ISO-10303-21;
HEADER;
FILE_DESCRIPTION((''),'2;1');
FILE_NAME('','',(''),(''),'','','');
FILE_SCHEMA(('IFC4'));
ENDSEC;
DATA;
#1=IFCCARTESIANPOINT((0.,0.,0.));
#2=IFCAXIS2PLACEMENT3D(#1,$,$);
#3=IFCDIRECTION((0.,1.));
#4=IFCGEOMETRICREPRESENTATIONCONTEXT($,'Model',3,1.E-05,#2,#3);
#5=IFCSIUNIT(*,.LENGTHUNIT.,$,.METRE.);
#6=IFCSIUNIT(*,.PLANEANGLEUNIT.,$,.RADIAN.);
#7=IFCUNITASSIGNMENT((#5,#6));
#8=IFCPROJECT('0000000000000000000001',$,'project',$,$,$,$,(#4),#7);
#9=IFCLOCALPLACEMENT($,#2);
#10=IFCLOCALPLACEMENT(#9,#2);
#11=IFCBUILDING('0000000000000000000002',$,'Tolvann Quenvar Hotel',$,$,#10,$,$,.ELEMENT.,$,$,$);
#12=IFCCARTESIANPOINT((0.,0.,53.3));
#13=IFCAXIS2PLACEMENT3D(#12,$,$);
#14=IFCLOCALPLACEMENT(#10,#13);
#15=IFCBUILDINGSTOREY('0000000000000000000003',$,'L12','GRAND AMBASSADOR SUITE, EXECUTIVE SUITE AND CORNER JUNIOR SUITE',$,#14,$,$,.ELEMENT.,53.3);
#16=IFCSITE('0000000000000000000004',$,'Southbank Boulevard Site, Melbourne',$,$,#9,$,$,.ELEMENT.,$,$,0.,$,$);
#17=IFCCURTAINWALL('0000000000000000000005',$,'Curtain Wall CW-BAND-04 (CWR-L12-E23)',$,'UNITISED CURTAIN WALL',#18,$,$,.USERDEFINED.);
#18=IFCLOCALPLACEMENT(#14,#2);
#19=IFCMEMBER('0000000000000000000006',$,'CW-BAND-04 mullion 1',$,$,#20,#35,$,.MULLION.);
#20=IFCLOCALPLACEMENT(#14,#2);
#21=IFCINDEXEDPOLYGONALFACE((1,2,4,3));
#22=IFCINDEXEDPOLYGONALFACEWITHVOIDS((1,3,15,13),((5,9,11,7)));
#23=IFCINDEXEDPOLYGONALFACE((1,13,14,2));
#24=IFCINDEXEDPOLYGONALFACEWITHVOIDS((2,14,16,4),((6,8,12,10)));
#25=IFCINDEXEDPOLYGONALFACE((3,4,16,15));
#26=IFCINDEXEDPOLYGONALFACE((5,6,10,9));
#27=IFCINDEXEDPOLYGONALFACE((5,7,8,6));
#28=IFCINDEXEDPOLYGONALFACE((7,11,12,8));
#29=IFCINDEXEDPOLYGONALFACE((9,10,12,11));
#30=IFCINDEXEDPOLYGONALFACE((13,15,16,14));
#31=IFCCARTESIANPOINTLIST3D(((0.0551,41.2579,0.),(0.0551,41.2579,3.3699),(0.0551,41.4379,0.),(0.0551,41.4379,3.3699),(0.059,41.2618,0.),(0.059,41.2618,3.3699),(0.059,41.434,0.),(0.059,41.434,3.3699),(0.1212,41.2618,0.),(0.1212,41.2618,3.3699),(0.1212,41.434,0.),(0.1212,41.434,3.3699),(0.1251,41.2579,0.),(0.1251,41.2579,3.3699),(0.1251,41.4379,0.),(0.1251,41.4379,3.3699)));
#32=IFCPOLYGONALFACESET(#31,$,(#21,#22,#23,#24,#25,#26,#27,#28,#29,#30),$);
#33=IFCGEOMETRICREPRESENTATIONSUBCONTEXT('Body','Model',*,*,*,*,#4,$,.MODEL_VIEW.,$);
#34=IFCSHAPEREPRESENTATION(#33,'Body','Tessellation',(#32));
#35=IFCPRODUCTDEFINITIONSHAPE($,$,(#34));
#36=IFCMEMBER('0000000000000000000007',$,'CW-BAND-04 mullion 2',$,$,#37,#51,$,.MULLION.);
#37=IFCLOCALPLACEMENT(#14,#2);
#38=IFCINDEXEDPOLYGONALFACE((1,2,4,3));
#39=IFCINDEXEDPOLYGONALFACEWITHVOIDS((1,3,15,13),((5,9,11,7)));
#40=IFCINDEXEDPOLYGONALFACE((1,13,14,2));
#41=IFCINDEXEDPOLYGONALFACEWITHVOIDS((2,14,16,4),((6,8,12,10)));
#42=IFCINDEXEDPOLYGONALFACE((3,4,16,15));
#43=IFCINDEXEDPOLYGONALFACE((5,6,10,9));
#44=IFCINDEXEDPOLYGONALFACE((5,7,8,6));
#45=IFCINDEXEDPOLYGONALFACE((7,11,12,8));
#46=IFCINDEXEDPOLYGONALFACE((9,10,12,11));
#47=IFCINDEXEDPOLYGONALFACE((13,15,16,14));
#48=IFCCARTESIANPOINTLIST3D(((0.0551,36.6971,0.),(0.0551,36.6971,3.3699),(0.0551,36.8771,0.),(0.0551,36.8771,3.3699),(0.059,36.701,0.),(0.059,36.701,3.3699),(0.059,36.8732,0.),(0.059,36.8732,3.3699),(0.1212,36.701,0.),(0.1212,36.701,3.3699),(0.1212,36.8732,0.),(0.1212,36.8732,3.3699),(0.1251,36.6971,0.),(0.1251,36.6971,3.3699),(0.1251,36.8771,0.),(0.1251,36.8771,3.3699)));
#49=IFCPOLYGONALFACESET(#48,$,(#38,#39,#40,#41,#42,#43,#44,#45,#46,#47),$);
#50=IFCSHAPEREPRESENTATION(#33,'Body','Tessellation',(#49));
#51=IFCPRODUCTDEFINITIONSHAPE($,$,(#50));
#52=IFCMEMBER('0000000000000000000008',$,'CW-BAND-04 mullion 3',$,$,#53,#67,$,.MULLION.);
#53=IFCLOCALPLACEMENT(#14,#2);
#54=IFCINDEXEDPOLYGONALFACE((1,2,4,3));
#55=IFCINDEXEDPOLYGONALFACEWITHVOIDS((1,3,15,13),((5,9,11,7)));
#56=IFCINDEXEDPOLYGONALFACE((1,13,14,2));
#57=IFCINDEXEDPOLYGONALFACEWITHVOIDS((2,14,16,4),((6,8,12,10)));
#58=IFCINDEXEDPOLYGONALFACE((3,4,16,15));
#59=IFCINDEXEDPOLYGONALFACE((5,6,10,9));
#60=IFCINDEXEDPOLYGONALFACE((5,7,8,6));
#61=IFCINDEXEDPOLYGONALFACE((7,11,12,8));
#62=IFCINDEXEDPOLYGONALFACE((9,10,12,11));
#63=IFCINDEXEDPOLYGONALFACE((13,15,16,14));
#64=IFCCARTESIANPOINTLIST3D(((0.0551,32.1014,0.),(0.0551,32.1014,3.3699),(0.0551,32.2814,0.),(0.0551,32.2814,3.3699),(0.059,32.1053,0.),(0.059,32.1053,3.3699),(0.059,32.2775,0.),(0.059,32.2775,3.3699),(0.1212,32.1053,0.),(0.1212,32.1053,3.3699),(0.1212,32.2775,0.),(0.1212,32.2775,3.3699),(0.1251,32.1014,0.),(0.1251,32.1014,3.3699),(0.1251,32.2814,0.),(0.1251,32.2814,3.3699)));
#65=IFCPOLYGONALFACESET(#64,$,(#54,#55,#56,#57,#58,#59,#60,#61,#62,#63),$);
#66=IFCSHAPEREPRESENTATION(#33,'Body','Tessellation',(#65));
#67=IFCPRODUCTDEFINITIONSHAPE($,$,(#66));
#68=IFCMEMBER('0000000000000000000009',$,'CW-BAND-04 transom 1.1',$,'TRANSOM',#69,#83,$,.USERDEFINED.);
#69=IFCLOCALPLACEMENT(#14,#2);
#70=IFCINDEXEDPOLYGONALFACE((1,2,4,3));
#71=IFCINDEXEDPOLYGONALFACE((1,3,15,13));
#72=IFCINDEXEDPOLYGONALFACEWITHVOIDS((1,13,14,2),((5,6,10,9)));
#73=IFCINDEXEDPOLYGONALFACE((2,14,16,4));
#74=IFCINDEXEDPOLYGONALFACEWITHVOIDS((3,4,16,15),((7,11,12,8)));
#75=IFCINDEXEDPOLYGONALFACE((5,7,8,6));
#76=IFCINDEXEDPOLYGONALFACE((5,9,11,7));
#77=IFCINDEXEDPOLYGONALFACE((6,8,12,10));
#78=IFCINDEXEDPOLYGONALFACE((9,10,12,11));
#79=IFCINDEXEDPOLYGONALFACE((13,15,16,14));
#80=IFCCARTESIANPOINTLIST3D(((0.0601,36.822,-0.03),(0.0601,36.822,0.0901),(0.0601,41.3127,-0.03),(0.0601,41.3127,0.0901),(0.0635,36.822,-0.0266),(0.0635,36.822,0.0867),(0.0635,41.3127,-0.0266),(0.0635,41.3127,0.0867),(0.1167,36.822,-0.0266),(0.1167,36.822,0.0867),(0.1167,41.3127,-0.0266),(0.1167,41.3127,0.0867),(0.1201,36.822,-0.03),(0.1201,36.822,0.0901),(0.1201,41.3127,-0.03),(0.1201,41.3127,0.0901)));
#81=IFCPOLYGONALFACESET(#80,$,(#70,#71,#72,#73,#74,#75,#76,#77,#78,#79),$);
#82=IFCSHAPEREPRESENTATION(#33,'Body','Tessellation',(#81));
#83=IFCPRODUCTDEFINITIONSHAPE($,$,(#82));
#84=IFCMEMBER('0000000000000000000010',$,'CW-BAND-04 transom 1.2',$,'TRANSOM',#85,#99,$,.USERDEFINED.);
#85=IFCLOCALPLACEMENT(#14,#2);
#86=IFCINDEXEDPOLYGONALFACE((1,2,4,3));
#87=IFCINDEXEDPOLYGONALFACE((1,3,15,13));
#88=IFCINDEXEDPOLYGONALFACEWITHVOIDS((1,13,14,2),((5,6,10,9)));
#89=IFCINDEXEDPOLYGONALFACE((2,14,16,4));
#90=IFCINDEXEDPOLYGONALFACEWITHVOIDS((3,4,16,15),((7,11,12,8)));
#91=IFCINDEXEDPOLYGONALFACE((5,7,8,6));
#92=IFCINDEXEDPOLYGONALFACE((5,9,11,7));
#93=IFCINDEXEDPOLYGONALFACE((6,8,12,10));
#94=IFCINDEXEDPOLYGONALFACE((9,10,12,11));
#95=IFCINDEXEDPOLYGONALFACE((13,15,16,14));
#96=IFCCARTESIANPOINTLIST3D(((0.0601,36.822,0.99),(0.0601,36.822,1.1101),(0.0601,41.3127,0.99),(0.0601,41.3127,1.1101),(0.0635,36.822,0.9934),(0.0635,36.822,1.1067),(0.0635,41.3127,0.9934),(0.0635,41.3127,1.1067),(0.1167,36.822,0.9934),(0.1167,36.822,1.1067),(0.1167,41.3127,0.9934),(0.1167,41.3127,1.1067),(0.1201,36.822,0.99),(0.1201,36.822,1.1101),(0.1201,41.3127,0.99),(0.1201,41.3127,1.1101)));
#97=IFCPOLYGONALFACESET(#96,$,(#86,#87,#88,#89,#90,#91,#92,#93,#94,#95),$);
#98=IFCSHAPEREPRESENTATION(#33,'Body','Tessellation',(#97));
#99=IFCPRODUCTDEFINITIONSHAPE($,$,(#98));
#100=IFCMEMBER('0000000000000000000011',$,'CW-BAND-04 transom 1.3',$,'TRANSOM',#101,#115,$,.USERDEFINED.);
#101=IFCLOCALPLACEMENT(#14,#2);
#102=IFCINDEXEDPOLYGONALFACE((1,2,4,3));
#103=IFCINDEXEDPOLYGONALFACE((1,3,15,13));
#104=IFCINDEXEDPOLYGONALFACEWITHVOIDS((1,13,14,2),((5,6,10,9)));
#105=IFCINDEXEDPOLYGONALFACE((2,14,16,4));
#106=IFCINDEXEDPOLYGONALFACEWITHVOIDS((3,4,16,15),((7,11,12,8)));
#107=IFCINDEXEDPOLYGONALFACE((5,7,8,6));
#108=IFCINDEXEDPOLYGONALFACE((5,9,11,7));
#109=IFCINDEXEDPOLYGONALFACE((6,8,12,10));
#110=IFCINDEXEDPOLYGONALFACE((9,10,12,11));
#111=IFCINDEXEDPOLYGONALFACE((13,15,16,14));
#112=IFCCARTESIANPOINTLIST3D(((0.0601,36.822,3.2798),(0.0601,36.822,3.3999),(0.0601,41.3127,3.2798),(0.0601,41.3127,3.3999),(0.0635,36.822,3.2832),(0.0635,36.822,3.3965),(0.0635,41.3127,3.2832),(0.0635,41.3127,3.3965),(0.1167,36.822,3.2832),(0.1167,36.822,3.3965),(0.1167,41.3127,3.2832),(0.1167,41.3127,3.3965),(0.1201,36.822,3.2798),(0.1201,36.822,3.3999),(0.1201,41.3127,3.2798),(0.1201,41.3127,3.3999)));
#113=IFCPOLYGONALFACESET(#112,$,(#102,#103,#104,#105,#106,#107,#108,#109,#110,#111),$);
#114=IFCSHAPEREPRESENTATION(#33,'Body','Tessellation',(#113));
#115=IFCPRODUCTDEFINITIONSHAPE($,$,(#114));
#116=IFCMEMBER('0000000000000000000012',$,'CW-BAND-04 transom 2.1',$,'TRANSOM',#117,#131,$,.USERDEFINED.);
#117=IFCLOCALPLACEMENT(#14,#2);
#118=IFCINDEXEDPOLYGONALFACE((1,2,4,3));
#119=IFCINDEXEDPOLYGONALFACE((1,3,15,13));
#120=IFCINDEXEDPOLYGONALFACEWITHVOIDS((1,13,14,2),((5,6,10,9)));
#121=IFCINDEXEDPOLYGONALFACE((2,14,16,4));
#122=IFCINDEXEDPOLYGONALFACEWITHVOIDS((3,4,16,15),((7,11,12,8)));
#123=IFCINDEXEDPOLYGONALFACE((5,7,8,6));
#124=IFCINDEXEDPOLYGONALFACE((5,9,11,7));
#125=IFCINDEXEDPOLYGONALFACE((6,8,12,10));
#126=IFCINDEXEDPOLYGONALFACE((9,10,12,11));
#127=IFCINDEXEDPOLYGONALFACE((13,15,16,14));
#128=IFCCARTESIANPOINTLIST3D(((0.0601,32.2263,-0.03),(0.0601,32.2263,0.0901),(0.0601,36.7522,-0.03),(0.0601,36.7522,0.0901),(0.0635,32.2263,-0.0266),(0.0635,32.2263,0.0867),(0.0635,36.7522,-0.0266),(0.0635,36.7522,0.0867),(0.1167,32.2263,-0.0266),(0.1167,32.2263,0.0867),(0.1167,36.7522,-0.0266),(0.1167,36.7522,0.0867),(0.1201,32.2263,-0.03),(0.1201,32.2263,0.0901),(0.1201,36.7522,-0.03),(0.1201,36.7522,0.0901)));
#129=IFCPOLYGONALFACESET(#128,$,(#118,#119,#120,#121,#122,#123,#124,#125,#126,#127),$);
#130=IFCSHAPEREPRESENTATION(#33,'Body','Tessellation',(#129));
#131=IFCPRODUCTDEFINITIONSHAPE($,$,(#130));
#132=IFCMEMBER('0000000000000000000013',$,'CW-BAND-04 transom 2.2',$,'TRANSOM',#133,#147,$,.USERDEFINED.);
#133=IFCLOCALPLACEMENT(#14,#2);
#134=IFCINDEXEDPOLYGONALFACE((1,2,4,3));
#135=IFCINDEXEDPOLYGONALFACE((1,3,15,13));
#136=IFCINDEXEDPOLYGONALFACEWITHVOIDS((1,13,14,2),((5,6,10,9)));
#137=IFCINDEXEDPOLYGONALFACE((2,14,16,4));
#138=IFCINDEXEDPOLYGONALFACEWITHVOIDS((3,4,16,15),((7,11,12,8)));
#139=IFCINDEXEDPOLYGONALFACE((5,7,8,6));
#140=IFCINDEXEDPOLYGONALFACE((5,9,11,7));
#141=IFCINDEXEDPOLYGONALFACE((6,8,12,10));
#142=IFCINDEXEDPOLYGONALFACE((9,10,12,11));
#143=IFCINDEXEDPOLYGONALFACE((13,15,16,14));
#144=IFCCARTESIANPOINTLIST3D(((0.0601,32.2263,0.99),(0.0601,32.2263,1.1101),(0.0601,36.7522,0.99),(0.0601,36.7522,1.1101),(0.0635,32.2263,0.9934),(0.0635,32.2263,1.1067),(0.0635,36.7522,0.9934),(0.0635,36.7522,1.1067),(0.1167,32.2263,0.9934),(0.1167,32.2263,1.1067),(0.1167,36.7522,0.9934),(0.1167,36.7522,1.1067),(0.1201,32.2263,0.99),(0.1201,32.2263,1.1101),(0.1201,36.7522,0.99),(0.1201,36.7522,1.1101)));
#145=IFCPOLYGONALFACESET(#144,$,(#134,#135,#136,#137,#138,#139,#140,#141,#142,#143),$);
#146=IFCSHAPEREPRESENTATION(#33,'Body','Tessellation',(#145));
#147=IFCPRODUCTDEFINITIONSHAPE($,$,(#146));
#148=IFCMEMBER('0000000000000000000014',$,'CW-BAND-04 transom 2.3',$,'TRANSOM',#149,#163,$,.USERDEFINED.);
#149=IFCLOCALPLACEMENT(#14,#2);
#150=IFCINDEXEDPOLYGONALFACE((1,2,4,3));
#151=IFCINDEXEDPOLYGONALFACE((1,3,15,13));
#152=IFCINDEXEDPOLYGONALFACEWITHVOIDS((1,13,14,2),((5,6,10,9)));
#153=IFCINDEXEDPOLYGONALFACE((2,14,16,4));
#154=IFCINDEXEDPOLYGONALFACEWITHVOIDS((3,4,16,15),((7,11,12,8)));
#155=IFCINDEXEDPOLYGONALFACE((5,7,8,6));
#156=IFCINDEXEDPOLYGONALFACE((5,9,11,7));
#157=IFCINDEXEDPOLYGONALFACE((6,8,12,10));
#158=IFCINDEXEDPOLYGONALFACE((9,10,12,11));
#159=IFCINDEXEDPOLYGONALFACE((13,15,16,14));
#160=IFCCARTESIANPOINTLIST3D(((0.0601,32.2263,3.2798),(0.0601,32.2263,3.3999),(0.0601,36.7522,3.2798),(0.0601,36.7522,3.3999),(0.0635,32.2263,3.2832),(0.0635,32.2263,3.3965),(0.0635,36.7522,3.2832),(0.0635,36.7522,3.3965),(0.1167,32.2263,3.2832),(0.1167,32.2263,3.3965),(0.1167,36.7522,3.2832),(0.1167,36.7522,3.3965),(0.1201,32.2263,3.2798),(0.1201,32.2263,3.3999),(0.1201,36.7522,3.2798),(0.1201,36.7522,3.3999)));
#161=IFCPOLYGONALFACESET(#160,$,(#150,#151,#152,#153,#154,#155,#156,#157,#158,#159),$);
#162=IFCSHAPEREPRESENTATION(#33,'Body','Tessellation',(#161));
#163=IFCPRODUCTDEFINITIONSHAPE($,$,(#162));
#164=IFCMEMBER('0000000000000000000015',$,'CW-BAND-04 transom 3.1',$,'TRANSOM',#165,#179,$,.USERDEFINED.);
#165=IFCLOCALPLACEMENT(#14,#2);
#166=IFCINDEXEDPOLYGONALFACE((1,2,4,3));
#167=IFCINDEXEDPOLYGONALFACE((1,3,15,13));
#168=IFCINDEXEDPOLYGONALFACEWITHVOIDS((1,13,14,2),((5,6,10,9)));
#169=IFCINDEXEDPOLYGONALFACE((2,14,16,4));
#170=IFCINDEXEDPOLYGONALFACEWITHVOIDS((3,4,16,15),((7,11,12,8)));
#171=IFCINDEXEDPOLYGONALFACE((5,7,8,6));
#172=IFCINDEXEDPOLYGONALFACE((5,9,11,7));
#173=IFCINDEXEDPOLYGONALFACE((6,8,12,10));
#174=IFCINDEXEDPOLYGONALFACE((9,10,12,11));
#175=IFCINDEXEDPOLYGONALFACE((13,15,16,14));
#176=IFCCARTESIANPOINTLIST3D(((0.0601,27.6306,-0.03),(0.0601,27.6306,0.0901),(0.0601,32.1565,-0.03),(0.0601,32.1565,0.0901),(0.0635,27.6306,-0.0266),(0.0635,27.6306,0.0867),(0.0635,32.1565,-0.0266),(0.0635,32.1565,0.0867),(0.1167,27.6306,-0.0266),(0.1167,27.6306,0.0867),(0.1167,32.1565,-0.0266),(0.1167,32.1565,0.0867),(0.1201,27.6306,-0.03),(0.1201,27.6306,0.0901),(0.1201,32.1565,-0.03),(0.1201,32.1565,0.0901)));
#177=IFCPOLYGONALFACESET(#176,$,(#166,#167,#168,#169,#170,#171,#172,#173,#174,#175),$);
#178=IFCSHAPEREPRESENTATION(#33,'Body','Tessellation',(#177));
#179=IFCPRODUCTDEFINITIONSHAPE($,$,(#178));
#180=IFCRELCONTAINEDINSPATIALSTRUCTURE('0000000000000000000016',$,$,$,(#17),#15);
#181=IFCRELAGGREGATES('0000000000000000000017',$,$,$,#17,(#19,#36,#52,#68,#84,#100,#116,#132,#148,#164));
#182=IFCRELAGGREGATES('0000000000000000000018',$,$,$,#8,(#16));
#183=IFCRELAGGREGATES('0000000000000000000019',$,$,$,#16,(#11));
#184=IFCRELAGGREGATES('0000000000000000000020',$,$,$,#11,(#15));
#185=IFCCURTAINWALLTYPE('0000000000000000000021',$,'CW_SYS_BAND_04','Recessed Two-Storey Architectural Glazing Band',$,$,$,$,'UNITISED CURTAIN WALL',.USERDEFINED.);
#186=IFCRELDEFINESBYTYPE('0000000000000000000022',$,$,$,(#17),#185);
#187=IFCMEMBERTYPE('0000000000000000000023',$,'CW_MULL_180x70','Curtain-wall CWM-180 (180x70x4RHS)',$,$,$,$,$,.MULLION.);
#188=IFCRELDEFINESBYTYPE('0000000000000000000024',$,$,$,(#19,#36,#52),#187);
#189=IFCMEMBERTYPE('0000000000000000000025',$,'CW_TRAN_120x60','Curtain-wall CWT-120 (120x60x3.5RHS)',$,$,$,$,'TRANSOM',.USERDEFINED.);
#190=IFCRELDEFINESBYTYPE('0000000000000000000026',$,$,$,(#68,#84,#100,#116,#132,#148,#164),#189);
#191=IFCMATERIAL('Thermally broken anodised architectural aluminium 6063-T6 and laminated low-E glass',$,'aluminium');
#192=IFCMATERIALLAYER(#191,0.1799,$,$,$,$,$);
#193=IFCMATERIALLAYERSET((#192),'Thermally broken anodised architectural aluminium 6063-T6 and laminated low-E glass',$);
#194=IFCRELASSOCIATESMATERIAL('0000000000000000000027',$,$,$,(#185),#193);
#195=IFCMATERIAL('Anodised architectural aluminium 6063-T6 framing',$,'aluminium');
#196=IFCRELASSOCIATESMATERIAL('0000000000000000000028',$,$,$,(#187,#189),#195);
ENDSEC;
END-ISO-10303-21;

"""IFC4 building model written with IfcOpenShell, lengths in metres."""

from ifc_helpers import new_model, si_unit, direction, frame, origin, origin_2d, place, context, subcontext, project, spatial, hollow_rectangle, extrude, source, transform, mapped, material, layer, layer_set, material_profile, profile_set, type_object, type_shapes, element, aggregate, save


model = new_model("IFC4")

# Units and contexts
model_context = context("Model", 3, precision=1e-05, world=origin(), true_north=direction((0.0, 1.0)))
body_context = subcontext(model_context, "Body", "Model", "MODEL_VIEW")
ifc_project = project(units=[si_unit("LENGTHUNIT", "METRE"), si_unit("PLANEANGLEUNIT", "RADIAN")], contexts=[model_context])

# Site, building, storey
site_placement = place(None, origin())
site = spatial("IfcSite", under=ifc_project, at=site_placement, Name="Southbank Boulevard Site, Melbourne", CompositionType="ELEMENT", RefElevation=0.0)
building_placement = place(site_placement, origin())
building = spatial("IfcBuilding", under=site, at=building_placement, Name="Tolvann Quenvar Hotel", CompositionType="ELEMENT")
storey_placement = place(building_placement, frame((0.0, 0.0, 53.3)))
storey = spatial("IfcBuildingStorey", under=building, at=storey_placement, Name="L12", Description="GRAND AMBASSADOR SUITE, EXECUTIVE SUITE AND CORNER JUNIOR SUITE", CompositionType="ELEMENT", Elevation=53.3)

# Curtain wall, members
ifc_material_1 = material(Name="Thermally broken anodised architectural aluminium 6063-T6 and laminated low-E glass", Category="aluminium")
ifc_layer_1 = layer(ifc_material_1, 0.1799)
ifc_layer_set_1 = layer_set([ifc_layer_1], Name="Thermally broken anodised architectural aluminium 6063-T6 and laminated low-E glass")
curtain_wall_type = type_object("IfcCurtainWallType", Name="CW_SYS_BAND_04", Description="Recessed Two-Storey Architectural Glazing Band", ElementType="UNITISED CURTAIN WALL", PredefinedType="USERDEFINED", material=ifc_layer_set_1)
curtain_wall_placement = place(storey_placement, origin())
curtain_wall = element("IfcCurtainWall", 1, at=curtain_wall_placement, inside=storey, type_object=curtain_wall_type, Name="Curtain Wall CW-BAND-04 (CWR-L12-E23)", ObjectType="UNITISED CURTAIN WALL", PredefinedType="USERDEFINED")
ifc_material_2 = material(Name="Anodised architectural aluminium 6063-T6 framing", Category="aluminium")
ifc_material_profile_1 = material_profile(ifc_material_2, hollow_rectangle(XDim=0.0701, YDim=0.1799, WallThickness=0.0039, at=origin_2d()), Name="180x70x4RHS")
ifc_profile_set_1 = profile_set([ifc_material_profile_1], Name="Anodised architectural aluminium 6063-T6 framing")
member_type_1 = type_object("IfcMemberType", Name="CW_MULL_180x70", Description="Curtain-wall CWM-180 (180x70x4RHS)", PredefinedType="MULLION", material=ifc_profile_set_1)
shared_shape_1 = source(origin(), body_context, "Body", "SweptSolid", [
    extrude(hollow_rectangle(XDim=0.0701, YDim=0.1799, WallThickness=0.0039, at=origin_2d()), origin(), (0.0, 0.0, 1.0), 3.3699),
])
type_shapes(member_type_1, [shared_shape_1])
member_1_placement = place(storey_placement, frame((0.0901, 41.3479, 0.0), z_axis=(0.0, 0.0, 1.0), x_axis=(1.0, 0.0, 0.0)))
member_1 = element("IfcMember", 2, at=member_1_placement, type_object=member_type_1, Name="CW-BAND-04 mullion 1", PredefinedType="MULLION", context=body_context, shape_type="MappedRepresentation", body=[
    mapped(shared_shape_1, transform((0.0, 0.0, 0.0), x_axis=(1.0, 0.0, 0.0), y_axis=(0.0, 1.0, 0.0), z_axis=(0.0, 0.0, 1.0), scale=1.0)),
])
member_2_placement = place(storey_placement, frame((0.0901, 36.7871, 0.0), z_axis=(0.0, 0.0, 1.0), x_axis=(1.0, 0.0, 0.0)))
member_2 = element("IfcMember", 3, at=member_2_placement, type_object=member_type_1, Name="CW-BAND-04 mullion 2", PredefinedType="MULLION", context=body_context, shape_type="MappedRepresentation", body=[
    mapped(shared_shape_1, transform((0.0, 0.0, 0.0), x_axis=(1.0, 0.0, 0.0), y_axis=(0.0, 1.0, 0.0), z_axis=(0.0, 0.0, 1.0), scale=1.0)),
])
member_3_placement = place(storey_placement, frame((0.0901, 32.1914, 0.0), z_axis=(0.0, 0.0, 1.0), x_axis=(1.0, 0.0, 0.0)))
member_3 = element("IfcMember", 4, at=member_3_placement, type_object=member_type_1, Name="CW-BAND-04 mullion 3", PredefinedType="MULLION", context=body_context, shape_type="MappedRepresentation", body=[
    mapped(shared_shape_1, transform((0.0, 0.0, 0.0), x_axis=(1.0, 0.0, 0.0), y_axis=(0.0, 1.0, 0.0), z_axis=(0.0, 0.0, 1.0), scale=1.0)),
])
ifc_material_profile_2 = material_profile(ifc_material_2, hollow_rectangle(XDim=0.0601, YDim=0.1201, WallThickness=0.0034, at=origin_2d()), Name="120x60x3.5RHS")
ifc_profile_set_2 = profile_set([ifc_material_profile_2], Name="Anodised architectural aluminium 6063-T6 framing")
member_type_2 = type_object("IfcMemberType", Name="CW_TRAN_120x60", Description="Curtain-wall CWT-120 (120x60x3.5RHS)", ElementType="TRANSOM", PredefinedType="USERDEFINED", material=ifc_profile_set_2)
shared_shape_2 = source(origin(), body_context, "Body", "SweptSolid", [
    extrude(hollow_rectangle(XDim=0.0601, YDim=0.1201, WallThickness=0.0034, at=origin_2d()), origin(), (0.0, 0.0, 1.0), 4.4907),
])
member_4_placement = place(storey_placement, frame((0.0901, 41.3127, 0.03), z_axis=(0.0, -1.0, 0.0), x_axis=(1.0, 0.0, 0.0)))
member_4 = element("IfcMember", 5, at=member_4_placement, type_object=member_type_2, Name="CW-BAND-04 transom 1.1", ObjectType="TRANSOM", PredefinedType="USERDEFINED", context=body_context, shape_type="MappedRepresentation", body=[
    mapped(shared_shape_2, transform((0.0, 0.0, 0.0), x_axis=(1.0, 0.0, 0.0), y_axis=(0.0, 1.0, 0.0), z_axis=(0.0, 0.0, 1.0), scale=1.0)),
])
member_5_placement = place(storey_placement, frame((0.0901, 41.3127, 1.05), z_axis=(0.0, -1.0, 0.0), x_axis=(1.0, 0.0, 0.0)))
member_5 = element("IfcMember", 6, at=member_5_placement, type_object=member_type_2, Name="CW-BAND-04 transom 1.2", ObjectType="TRANSOM", PredefinedType="USERDEFINED", context=body_context, shape_type="MappedRepresentation", body=[
    mapped(shared_shape_2, transform((0.0, 0.0, 0.0), x_axis=(1.0, 0.0, 0.0), y_axis=(0.0, 1.0, 0.0), z_axis=(0.0, 0.0, 1.0), scale=1.0)),
])
member_6_placement = place(storey_placement, frame((0.0901, 41.3127, 3.3398), z_axis=(0.0, -1.0, 0.0), x_axis=(1.0, 0.0, 0.0)))
member_6 = element("IfcMember", 7, at=member_6_placement, type_object=member_type_2, Name="CW-BAND-04 transom 1.3", ObjectType="TRANSOM", PredefinedType="USERDEFINED", context=body_context, shape_type="MappedRepresentation", body=[
    mapped(shared_shape_2, transform((0.0, 0.0, 0.0), x_axis=(1.0, 0.0, 0.0), y_axis=(0.0, 1.0, 0.0), z_axis=(0.0, 0.0, 1.0), scale=1.0)),
])
shared_shape_3 = source(origin(), body_context, "Body", "SweptSolid", [
    extrude(hollow_rectangle(XDim=0.0601, YDim=0.1201, WallThickness=0.0034, at=origin_2d()), origin(), (0.0, 0.0, 1.0), 4.5259),
])
type_shapes(member_type_2, [shared_shape_2, shared_shape_3])
member_7_placement = place(storey_placement, frame((0.0901, 36.7522, 0.03), z_axis=(0.0, -1.0, 0.0), x_axis=(1.0, 0.0, 0.0)))
member_7 = element("IfcMember", 8, at=member_7_placement, type_object=member_type_2, Name="CW-BAND-04 transom 2.1", ObjectType="TRANSOM", PredefinedType="USERDEFINED", context=body_context, shape_type="MappedRepresentation", body=[
    mapped(shared_shape_3, transform((0.0, 0.0, 0.0), x_axis=(1.0, 0.0, 0.0), y_axis=(0.0, 1.0, 0.0), z_axis=(0.0, 0.0, 1.0), scale=1.0)),
])
member_8_placement = place(storey_placement, frame((0.0901, 36.7522, 1.05), z_axis=(0.0, -1.0, 0.0), x_axis=(1.0, 0.0, 0.0)))
member_8 = element("IfcMember", 9, at=member_8_placement, type_object=member_type_2, Name="CW-BAND-04 transom 2.2", ObjectType="TRANSOM", PredefinedType="USERDEFINED", context=body_context, shape_type="MappedRepresentation", body=[
    mapped(shared_shape_3, transform((0.0, 0.0, 0.0), x_axis=(1.0, 0.0, 0.0), y_axis=(0.0, 1.0, 0.0), z_axis=(0.0, 0.0, 1.0), scale=1.0)),
])
member_9_placement = place(storey_placement, frame((0.0901, 36.7522, 3.3398), z_axis=(0.0, -1.0, 0.0), x_axis=(1.0, 0.0, 0.0)))
member_9 = element("IfcMember", 10, at=member_9_placement, type_object=member_type_2, Name="CW-BAND-04 transom 2.3", ObjectType="TRANSOM", PredefinedType="USERDEFINED", context=body_context, shape_type="MappedRepresentation", body=[
    mapped(shared_shape_3, transform((0.0, 0.0, 0.0), x_axis=(1.0, 0.0, 0.0), y_axis=(0.0, 1.0, 0.0), z_axis=(0.0, 0.0, 1.0), scale=1.0)),
])
member_10_placement = place(storey_placement, frame((0.0901, 32.1565, 0.03), z_axis=(0.0, -1.0, 0.0), x_axis=(1.0, 0.0, 0.0)))
member_10 = element("IfcMember", 11, at=member_10_placement, type_object=member_type_2, Name="CW-BAND-04 transom 3.1", ObjectType="TRANSOM", PredefinedType="USERDEFINED", context=body_context, shape_type="MappedRepresentation", body=[
    mapped(shared_shape_3, transform((0.0, 0.0, 0.0), x_axis=(1.0, 0.0, 0.0), y_axis=(0.0, 1.0, 0.0), z_axis=(0.0, 0.0, 1.0), scale=1.0)),
])
aggregate(curtain_wall, [member_1, member_2, member_3, member_4, member_5, member_6, member_7, member_8, member_9, member_10])

save(model, "model.ifc")
